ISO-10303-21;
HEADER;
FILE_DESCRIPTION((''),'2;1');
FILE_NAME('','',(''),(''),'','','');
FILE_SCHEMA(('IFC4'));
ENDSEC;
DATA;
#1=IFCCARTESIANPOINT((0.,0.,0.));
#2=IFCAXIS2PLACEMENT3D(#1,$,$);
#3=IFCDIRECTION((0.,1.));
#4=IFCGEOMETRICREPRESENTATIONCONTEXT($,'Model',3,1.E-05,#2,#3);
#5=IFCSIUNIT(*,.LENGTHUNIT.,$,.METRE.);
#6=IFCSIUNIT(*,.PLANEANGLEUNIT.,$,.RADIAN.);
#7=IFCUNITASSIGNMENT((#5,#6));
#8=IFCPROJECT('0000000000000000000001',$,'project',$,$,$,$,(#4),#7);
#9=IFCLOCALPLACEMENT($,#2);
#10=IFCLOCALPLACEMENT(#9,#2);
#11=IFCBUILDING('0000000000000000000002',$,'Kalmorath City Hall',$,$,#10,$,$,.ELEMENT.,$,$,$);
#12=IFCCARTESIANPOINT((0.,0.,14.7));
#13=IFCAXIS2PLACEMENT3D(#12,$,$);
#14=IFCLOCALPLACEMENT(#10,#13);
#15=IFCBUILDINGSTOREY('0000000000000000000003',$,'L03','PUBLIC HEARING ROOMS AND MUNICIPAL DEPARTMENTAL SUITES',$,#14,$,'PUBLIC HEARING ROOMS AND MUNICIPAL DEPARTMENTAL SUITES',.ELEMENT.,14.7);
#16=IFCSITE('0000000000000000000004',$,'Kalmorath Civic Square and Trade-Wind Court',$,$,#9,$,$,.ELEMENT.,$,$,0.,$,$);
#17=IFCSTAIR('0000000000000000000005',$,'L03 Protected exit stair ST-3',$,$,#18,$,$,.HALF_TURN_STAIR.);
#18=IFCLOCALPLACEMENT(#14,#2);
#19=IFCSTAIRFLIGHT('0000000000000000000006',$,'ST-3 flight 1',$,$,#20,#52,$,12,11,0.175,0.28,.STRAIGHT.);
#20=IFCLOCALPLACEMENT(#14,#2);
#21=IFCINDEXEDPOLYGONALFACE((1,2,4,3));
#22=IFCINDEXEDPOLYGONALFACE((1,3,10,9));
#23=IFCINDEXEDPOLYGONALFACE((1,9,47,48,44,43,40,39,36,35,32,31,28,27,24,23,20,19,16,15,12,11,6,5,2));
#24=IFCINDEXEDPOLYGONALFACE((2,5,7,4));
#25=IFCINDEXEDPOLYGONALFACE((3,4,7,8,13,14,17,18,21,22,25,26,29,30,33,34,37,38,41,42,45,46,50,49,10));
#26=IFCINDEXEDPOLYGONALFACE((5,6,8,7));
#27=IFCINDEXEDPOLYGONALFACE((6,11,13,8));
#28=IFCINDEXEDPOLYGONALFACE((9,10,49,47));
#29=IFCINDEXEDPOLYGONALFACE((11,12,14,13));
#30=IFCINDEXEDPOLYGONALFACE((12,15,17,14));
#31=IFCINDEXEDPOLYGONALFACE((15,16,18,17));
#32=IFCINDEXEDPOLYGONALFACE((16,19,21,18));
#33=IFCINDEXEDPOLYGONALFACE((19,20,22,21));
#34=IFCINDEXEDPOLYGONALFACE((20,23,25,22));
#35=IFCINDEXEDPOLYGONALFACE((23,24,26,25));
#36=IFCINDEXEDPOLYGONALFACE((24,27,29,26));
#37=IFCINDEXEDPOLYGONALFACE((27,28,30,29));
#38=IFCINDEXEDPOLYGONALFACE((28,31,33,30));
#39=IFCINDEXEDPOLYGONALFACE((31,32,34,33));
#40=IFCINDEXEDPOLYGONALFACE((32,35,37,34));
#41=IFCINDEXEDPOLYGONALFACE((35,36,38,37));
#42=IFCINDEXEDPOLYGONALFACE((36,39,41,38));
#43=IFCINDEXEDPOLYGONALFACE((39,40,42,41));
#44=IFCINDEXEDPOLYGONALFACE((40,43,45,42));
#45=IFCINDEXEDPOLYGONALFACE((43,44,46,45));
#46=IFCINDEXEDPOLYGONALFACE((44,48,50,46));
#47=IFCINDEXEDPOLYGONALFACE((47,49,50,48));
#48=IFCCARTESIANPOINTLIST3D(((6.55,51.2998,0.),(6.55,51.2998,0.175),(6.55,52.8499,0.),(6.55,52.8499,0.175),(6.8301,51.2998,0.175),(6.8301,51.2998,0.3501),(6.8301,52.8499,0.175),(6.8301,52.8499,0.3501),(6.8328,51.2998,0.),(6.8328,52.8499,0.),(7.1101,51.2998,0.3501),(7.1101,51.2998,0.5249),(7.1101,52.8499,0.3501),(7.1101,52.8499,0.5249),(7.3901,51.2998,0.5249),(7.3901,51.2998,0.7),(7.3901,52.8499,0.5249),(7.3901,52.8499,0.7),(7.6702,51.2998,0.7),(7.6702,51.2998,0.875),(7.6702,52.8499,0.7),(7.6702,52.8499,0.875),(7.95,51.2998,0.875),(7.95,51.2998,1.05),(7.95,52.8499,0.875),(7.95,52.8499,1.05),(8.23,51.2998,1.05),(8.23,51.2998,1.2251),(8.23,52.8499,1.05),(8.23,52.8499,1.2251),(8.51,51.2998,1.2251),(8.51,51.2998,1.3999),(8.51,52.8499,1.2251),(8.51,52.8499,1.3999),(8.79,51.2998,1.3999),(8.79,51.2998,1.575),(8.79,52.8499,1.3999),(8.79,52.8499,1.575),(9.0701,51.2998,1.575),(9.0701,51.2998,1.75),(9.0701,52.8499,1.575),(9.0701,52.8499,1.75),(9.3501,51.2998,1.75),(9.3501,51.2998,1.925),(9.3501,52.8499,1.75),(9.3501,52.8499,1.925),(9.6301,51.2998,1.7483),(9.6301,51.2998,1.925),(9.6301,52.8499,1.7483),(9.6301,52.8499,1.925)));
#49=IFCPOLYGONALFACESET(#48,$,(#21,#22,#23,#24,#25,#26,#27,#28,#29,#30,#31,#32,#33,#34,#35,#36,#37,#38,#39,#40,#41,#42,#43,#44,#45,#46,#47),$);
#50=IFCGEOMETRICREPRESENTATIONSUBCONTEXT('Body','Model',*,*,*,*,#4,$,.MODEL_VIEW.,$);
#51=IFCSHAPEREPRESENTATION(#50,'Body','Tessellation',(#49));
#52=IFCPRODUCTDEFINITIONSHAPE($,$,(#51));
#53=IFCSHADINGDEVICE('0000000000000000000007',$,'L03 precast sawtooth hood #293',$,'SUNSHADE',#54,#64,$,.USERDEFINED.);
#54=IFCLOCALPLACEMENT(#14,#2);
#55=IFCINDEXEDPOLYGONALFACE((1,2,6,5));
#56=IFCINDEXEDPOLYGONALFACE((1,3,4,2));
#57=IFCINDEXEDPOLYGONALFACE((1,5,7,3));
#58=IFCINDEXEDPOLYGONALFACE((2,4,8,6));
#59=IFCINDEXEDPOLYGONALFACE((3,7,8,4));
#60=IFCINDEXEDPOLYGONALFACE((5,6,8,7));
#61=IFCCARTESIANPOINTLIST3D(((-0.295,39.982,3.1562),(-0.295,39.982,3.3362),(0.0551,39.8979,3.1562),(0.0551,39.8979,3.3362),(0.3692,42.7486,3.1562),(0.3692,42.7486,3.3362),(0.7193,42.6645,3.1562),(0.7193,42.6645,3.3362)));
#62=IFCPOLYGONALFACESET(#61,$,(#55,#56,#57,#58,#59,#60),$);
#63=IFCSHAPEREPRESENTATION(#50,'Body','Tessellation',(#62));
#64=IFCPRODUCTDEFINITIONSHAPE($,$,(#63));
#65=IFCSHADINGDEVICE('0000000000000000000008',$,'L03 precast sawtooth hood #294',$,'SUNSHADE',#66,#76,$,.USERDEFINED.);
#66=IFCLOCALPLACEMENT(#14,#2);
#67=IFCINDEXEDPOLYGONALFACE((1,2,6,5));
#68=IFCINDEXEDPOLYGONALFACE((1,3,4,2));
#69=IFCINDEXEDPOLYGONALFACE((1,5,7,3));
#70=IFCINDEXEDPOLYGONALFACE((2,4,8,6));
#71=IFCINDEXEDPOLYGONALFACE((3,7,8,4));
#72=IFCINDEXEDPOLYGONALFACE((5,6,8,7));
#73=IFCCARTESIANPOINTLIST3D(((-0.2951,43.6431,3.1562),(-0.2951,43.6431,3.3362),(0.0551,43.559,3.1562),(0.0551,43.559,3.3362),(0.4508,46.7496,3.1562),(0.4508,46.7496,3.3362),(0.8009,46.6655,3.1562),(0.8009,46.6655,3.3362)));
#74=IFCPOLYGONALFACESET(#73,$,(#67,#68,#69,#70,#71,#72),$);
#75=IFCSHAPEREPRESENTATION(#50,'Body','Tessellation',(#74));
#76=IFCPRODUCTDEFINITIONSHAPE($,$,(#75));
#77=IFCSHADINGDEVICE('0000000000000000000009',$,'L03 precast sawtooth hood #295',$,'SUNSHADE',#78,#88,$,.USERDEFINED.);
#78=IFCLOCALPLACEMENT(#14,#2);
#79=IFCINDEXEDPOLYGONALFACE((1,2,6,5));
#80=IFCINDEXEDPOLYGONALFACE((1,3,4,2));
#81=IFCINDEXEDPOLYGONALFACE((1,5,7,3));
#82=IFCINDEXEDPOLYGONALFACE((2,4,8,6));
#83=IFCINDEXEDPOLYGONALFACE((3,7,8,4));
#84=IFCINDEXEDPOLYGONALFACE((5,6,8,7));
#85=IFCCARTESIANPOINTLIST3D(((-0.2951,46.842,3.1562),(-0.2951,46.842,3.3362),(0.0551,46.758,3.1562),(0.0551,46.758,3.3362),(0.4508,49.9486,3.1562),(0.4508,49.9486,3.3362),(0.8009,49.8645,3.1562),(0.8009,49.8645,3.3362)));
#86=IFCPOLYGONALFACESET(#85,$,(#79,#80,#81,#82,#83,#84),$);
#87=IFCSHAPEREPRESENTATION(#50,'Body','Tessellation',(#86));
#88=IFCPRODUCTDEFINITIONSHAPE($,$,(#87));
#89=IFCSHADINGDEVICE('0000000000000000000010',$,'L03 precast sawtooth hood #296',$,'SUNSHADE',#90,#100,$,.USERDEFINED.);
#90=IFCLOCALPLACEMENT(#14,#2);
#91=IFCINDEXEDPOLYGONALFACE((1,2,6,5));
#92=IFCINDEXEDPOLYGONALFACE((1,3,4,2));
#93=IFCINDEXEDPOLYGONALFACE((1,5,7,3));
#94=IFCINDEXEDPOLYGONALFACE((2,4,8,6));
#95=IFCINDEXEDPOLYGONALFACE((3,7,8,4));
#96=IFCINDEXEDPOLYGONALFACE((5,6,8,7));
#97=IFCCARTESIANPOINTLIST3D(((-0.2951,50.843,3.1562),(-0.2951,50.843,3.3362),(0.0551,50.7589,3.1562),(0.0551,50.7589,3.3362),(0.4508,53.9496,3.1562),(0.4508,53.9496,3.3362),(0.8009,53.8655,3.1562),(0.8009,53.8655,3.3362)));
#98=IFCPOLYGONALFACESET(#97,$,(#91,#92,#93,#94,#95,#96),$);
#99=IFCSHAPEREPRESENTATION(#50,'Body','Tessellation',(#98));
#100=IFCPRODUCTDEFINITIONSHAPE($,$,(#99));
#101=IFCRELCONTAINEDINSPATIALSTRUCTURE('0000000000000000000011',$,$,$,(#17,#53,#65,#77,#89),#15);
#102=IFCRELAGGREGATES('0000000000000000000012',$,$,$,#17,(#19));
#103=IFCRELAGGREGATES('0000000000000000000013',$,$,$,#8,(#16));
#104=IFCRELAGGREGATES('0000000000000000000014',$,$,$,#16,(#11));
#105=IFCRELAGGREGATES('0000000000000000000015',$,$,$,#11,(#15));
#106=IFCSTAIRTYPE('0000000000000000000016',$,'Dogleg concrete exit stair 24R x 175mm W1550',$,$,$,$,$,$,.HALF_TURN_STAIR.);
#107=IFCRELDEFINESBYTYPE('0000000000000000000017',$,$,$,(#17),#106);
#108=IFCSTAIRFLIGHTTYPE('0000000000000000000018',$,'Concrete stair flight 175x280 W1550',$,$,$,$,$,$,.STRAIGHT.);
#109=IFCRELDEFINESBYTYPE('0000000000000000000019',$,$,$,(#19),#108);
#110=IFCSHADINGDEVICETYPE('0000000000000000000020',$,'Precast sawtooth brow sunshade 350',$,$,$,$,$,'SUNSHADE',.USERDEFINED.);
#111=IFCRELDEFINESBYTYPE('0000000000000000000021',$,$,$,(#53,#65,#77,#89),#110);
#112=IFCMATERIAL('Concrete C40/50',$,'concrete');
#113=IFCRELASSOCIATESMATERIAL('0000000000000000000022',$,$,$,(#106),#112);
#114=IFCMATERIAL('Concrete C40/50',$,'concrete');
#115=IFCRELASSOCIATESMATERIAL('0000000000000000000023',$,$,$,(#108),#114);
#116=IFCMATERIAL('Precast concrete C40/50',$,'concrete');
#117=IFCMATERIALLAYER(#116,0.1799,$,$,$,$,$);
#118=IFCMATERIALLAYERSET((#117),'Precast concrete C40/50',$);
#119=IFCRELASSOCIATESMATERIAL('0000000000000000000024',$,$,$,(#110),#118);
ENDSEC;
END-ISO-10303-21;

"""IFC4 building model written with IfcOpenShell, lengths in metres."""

from ifc_helpers import new_model, si_unit, direction, frame, origin, origin_2d, place, context, subcontext, project, spatial, polyline, rectangle, outline, extrude, material, layer, layer_set, type_object, element, aggregate, save


model = new_model("IFC4")

# Units and contexts
model_context = context("Model", 3, precision=1e-05, world=origin(), true_north=direction((0.0, 1.0)))
body_context = subcontext(model_context, "Body", "Model", "MODEL_VIEW")
ifc_project = project(units=[si_unit("LENGTHUNIT", "METRE"), si_unit("PLANEANGLEUNIT", "RADIAN")], contexts=[model_context])

# Site, building, storey
site_placement = place(None, origin())
site = spatial("IfcSite", under=ifc_project, at=site_placement, Name="Kalmorath Civic Square and Trade-Wind Court", CompositionType="ELEMENT", RefElevation=0.0)
building_placement = place(site_placement, origin())
building = spatial("IfcBuilding", under=site, at=building_placement, Name="Kalmorath City Hall", CompositionType="ELEMENT")
storey_placement = place(building_placement, frame((0.0, 0.0, 14.7)))
storey = spatial("IfcBuildingStorey", under=building, at=storey_placement, Name="L03", Description="PUBLIC HEARING ROOMS AND MUNICIPAL DEPARTMENTAL SUITES", LongName="PUBLIC HEARING ROOMS AND MUNICIPAL DEPARTMENTAL SUITES", CompositionType="ELEMENT", Elevation=14.7)

# Stair, stair flight
ifc_material_1 = material(Name="Concrete C40/50", Category="concrete")
stair_type = type_object("IfcStairType", Name="Dogleg concrete exit stair 24R x 175mm W1550", PredefinedType="HALF_TURN_STAIR", material=ifc_material_1)
stair_placement = place(storey_placement, origin())
stair = element("IfcStair", 1, at=stair_placement, inside=storey, type_object=stair_type, Name="L03 Protected exit stair ST-3", PredefinedType="HALF_TURN_STAIR")
ifc_material_2 = material(Name="Concrete C40/50", Category="concrete")
stair_flight_type = type_object("IfcStairFlightType", Name="Concrete stair flight 175x280 W1550", PredefinedType="STRAIGHT", material=ifc_material_2)
stair_flight_placement = place(storey_placement, frame((6.55, 52.075, 0.0), z_axis=(0.0, 0.0, 1.0), x_axis=(1.0, 0.0, 0.0)))
stair_flight = element("IfcStairFlight", 2, at=stair_flight_placement, type_object=stair_flight_type, Name="ST-3 flight 1", NumberOfRisers=12, NumberOfTreads=11, PredefinedType="STRAIGHT", RiserHeight=0.175, TreadLength=0.28, context=body_context, shape_type="SweptSolid", body=[
    extrude(outline(polyline([(0.0, 0.0), (0.0, 0.175), (0.28, 0.175), (0.28, 0.3501), (0.5601, 0.3501), (0.5601, 0.5249), (0.8401, 0.5249), (0.8401, 0.7), (1.1201, 0.7), (1.1201, 0.875), (1.3999, 0.875), (1.3999, 1.05), (1.6799, 1.05), (1.6799, 1.2251), (1.96, 1.2251), (1.96, 1.3999), (2.24, 1.3999), (2.24, 1.575), (2.52, 1.575), (2.52, 1.75), (2.8, 1.75), (2.8, 1.925), (3.0801, 1.925), (3.0801, 2.1001), (3.0801, 1.7483), (0.2827, 0.0), (0.0, 0.0)])), frame((0.0, 0.7749, 0.0), z_axis=(0.0, -1.0, 0.0), x_axis=(1.0, 0.0, 0.0)), (0.0, 0.0, 1.0), 1.55),
])
aggregate(stair, [stair_flight])

# Shading devices
ifc_material_3 = material(Name="Precast concrete C40/50", Category="concrete")
ifc_layer_1 = layer(ifc_material_3, 0.1799)
ifc_layer_set_1 = layer_set([ifc_layer_1], Name="Precast concrete C40/50")
shading_device_type = type_object("IfcShadingDeviceType", Name="Precast sawtooth brow sunshade 350", ElementType="SUNSHADE", PredefinedType="USERDEFINED", material=ifc_layer_set_1)
shading_device_placement = place(storey_placement, frame((0.2122, 41.3232, 3.1562), z_axis=(0.0, 0.0, 1.0), x_axis=(0.233445, 0.97237, 0.0)))
element("IfcShadingDevice", 3, at=shading_device_placement, inside=storey, type_object=shading_device_type, Name="L03 precast sawtooth hood #293", ObjectType="SUNSHADE", PredefinedType="USERDEFINED", context=body_context, shape_type="SweptSolid", body=[
    extrude(rectangle(XDim=2.8452, YDim=0.3601, at=origin_2d()), origin(), (0.0, 0.0, 1.0), 0.1799),
])
for number, where, z_axis, x_axis, name in (
    (4, (0.2529, 45.1543, 3.1562), (0.0, 0.0, 1.0), (0.233445, 0.97237, 0.0), "L03 precast sawtooth hood #294"),
    (5, (0.2529, 48.3533, 3.1562), (0.0, 0.0, 1.0), (0.233445, 0.97237, 0.0), "L03 precast sawtooth hood #295"),
    (6, (0.2529, 52.3542, 3.1562), (0.0, 0.0, 1.0), (0.233445, 0.97237, 0.0), "L03 precast sawtooth hood #296"),
):
    element("IfcShadingDevice", number, at=place(storey_placement, frame(where, z_axis=z_axis, x_axis=x_axis)), inside=storey, type_object=shading_device_type, Name=name, ObjectType="SUNSHADE", PredefinedType="USERDEFINED", context=body_context, shape_type="SweptSolid", body=[
        extrude(rectangle(XDim=3.1948, YDim=0.3601, at=origin_2d()), origin(), (0.0, 0.0, 1.0), 0.1799),
    ])

save(model, "model.ifc")
